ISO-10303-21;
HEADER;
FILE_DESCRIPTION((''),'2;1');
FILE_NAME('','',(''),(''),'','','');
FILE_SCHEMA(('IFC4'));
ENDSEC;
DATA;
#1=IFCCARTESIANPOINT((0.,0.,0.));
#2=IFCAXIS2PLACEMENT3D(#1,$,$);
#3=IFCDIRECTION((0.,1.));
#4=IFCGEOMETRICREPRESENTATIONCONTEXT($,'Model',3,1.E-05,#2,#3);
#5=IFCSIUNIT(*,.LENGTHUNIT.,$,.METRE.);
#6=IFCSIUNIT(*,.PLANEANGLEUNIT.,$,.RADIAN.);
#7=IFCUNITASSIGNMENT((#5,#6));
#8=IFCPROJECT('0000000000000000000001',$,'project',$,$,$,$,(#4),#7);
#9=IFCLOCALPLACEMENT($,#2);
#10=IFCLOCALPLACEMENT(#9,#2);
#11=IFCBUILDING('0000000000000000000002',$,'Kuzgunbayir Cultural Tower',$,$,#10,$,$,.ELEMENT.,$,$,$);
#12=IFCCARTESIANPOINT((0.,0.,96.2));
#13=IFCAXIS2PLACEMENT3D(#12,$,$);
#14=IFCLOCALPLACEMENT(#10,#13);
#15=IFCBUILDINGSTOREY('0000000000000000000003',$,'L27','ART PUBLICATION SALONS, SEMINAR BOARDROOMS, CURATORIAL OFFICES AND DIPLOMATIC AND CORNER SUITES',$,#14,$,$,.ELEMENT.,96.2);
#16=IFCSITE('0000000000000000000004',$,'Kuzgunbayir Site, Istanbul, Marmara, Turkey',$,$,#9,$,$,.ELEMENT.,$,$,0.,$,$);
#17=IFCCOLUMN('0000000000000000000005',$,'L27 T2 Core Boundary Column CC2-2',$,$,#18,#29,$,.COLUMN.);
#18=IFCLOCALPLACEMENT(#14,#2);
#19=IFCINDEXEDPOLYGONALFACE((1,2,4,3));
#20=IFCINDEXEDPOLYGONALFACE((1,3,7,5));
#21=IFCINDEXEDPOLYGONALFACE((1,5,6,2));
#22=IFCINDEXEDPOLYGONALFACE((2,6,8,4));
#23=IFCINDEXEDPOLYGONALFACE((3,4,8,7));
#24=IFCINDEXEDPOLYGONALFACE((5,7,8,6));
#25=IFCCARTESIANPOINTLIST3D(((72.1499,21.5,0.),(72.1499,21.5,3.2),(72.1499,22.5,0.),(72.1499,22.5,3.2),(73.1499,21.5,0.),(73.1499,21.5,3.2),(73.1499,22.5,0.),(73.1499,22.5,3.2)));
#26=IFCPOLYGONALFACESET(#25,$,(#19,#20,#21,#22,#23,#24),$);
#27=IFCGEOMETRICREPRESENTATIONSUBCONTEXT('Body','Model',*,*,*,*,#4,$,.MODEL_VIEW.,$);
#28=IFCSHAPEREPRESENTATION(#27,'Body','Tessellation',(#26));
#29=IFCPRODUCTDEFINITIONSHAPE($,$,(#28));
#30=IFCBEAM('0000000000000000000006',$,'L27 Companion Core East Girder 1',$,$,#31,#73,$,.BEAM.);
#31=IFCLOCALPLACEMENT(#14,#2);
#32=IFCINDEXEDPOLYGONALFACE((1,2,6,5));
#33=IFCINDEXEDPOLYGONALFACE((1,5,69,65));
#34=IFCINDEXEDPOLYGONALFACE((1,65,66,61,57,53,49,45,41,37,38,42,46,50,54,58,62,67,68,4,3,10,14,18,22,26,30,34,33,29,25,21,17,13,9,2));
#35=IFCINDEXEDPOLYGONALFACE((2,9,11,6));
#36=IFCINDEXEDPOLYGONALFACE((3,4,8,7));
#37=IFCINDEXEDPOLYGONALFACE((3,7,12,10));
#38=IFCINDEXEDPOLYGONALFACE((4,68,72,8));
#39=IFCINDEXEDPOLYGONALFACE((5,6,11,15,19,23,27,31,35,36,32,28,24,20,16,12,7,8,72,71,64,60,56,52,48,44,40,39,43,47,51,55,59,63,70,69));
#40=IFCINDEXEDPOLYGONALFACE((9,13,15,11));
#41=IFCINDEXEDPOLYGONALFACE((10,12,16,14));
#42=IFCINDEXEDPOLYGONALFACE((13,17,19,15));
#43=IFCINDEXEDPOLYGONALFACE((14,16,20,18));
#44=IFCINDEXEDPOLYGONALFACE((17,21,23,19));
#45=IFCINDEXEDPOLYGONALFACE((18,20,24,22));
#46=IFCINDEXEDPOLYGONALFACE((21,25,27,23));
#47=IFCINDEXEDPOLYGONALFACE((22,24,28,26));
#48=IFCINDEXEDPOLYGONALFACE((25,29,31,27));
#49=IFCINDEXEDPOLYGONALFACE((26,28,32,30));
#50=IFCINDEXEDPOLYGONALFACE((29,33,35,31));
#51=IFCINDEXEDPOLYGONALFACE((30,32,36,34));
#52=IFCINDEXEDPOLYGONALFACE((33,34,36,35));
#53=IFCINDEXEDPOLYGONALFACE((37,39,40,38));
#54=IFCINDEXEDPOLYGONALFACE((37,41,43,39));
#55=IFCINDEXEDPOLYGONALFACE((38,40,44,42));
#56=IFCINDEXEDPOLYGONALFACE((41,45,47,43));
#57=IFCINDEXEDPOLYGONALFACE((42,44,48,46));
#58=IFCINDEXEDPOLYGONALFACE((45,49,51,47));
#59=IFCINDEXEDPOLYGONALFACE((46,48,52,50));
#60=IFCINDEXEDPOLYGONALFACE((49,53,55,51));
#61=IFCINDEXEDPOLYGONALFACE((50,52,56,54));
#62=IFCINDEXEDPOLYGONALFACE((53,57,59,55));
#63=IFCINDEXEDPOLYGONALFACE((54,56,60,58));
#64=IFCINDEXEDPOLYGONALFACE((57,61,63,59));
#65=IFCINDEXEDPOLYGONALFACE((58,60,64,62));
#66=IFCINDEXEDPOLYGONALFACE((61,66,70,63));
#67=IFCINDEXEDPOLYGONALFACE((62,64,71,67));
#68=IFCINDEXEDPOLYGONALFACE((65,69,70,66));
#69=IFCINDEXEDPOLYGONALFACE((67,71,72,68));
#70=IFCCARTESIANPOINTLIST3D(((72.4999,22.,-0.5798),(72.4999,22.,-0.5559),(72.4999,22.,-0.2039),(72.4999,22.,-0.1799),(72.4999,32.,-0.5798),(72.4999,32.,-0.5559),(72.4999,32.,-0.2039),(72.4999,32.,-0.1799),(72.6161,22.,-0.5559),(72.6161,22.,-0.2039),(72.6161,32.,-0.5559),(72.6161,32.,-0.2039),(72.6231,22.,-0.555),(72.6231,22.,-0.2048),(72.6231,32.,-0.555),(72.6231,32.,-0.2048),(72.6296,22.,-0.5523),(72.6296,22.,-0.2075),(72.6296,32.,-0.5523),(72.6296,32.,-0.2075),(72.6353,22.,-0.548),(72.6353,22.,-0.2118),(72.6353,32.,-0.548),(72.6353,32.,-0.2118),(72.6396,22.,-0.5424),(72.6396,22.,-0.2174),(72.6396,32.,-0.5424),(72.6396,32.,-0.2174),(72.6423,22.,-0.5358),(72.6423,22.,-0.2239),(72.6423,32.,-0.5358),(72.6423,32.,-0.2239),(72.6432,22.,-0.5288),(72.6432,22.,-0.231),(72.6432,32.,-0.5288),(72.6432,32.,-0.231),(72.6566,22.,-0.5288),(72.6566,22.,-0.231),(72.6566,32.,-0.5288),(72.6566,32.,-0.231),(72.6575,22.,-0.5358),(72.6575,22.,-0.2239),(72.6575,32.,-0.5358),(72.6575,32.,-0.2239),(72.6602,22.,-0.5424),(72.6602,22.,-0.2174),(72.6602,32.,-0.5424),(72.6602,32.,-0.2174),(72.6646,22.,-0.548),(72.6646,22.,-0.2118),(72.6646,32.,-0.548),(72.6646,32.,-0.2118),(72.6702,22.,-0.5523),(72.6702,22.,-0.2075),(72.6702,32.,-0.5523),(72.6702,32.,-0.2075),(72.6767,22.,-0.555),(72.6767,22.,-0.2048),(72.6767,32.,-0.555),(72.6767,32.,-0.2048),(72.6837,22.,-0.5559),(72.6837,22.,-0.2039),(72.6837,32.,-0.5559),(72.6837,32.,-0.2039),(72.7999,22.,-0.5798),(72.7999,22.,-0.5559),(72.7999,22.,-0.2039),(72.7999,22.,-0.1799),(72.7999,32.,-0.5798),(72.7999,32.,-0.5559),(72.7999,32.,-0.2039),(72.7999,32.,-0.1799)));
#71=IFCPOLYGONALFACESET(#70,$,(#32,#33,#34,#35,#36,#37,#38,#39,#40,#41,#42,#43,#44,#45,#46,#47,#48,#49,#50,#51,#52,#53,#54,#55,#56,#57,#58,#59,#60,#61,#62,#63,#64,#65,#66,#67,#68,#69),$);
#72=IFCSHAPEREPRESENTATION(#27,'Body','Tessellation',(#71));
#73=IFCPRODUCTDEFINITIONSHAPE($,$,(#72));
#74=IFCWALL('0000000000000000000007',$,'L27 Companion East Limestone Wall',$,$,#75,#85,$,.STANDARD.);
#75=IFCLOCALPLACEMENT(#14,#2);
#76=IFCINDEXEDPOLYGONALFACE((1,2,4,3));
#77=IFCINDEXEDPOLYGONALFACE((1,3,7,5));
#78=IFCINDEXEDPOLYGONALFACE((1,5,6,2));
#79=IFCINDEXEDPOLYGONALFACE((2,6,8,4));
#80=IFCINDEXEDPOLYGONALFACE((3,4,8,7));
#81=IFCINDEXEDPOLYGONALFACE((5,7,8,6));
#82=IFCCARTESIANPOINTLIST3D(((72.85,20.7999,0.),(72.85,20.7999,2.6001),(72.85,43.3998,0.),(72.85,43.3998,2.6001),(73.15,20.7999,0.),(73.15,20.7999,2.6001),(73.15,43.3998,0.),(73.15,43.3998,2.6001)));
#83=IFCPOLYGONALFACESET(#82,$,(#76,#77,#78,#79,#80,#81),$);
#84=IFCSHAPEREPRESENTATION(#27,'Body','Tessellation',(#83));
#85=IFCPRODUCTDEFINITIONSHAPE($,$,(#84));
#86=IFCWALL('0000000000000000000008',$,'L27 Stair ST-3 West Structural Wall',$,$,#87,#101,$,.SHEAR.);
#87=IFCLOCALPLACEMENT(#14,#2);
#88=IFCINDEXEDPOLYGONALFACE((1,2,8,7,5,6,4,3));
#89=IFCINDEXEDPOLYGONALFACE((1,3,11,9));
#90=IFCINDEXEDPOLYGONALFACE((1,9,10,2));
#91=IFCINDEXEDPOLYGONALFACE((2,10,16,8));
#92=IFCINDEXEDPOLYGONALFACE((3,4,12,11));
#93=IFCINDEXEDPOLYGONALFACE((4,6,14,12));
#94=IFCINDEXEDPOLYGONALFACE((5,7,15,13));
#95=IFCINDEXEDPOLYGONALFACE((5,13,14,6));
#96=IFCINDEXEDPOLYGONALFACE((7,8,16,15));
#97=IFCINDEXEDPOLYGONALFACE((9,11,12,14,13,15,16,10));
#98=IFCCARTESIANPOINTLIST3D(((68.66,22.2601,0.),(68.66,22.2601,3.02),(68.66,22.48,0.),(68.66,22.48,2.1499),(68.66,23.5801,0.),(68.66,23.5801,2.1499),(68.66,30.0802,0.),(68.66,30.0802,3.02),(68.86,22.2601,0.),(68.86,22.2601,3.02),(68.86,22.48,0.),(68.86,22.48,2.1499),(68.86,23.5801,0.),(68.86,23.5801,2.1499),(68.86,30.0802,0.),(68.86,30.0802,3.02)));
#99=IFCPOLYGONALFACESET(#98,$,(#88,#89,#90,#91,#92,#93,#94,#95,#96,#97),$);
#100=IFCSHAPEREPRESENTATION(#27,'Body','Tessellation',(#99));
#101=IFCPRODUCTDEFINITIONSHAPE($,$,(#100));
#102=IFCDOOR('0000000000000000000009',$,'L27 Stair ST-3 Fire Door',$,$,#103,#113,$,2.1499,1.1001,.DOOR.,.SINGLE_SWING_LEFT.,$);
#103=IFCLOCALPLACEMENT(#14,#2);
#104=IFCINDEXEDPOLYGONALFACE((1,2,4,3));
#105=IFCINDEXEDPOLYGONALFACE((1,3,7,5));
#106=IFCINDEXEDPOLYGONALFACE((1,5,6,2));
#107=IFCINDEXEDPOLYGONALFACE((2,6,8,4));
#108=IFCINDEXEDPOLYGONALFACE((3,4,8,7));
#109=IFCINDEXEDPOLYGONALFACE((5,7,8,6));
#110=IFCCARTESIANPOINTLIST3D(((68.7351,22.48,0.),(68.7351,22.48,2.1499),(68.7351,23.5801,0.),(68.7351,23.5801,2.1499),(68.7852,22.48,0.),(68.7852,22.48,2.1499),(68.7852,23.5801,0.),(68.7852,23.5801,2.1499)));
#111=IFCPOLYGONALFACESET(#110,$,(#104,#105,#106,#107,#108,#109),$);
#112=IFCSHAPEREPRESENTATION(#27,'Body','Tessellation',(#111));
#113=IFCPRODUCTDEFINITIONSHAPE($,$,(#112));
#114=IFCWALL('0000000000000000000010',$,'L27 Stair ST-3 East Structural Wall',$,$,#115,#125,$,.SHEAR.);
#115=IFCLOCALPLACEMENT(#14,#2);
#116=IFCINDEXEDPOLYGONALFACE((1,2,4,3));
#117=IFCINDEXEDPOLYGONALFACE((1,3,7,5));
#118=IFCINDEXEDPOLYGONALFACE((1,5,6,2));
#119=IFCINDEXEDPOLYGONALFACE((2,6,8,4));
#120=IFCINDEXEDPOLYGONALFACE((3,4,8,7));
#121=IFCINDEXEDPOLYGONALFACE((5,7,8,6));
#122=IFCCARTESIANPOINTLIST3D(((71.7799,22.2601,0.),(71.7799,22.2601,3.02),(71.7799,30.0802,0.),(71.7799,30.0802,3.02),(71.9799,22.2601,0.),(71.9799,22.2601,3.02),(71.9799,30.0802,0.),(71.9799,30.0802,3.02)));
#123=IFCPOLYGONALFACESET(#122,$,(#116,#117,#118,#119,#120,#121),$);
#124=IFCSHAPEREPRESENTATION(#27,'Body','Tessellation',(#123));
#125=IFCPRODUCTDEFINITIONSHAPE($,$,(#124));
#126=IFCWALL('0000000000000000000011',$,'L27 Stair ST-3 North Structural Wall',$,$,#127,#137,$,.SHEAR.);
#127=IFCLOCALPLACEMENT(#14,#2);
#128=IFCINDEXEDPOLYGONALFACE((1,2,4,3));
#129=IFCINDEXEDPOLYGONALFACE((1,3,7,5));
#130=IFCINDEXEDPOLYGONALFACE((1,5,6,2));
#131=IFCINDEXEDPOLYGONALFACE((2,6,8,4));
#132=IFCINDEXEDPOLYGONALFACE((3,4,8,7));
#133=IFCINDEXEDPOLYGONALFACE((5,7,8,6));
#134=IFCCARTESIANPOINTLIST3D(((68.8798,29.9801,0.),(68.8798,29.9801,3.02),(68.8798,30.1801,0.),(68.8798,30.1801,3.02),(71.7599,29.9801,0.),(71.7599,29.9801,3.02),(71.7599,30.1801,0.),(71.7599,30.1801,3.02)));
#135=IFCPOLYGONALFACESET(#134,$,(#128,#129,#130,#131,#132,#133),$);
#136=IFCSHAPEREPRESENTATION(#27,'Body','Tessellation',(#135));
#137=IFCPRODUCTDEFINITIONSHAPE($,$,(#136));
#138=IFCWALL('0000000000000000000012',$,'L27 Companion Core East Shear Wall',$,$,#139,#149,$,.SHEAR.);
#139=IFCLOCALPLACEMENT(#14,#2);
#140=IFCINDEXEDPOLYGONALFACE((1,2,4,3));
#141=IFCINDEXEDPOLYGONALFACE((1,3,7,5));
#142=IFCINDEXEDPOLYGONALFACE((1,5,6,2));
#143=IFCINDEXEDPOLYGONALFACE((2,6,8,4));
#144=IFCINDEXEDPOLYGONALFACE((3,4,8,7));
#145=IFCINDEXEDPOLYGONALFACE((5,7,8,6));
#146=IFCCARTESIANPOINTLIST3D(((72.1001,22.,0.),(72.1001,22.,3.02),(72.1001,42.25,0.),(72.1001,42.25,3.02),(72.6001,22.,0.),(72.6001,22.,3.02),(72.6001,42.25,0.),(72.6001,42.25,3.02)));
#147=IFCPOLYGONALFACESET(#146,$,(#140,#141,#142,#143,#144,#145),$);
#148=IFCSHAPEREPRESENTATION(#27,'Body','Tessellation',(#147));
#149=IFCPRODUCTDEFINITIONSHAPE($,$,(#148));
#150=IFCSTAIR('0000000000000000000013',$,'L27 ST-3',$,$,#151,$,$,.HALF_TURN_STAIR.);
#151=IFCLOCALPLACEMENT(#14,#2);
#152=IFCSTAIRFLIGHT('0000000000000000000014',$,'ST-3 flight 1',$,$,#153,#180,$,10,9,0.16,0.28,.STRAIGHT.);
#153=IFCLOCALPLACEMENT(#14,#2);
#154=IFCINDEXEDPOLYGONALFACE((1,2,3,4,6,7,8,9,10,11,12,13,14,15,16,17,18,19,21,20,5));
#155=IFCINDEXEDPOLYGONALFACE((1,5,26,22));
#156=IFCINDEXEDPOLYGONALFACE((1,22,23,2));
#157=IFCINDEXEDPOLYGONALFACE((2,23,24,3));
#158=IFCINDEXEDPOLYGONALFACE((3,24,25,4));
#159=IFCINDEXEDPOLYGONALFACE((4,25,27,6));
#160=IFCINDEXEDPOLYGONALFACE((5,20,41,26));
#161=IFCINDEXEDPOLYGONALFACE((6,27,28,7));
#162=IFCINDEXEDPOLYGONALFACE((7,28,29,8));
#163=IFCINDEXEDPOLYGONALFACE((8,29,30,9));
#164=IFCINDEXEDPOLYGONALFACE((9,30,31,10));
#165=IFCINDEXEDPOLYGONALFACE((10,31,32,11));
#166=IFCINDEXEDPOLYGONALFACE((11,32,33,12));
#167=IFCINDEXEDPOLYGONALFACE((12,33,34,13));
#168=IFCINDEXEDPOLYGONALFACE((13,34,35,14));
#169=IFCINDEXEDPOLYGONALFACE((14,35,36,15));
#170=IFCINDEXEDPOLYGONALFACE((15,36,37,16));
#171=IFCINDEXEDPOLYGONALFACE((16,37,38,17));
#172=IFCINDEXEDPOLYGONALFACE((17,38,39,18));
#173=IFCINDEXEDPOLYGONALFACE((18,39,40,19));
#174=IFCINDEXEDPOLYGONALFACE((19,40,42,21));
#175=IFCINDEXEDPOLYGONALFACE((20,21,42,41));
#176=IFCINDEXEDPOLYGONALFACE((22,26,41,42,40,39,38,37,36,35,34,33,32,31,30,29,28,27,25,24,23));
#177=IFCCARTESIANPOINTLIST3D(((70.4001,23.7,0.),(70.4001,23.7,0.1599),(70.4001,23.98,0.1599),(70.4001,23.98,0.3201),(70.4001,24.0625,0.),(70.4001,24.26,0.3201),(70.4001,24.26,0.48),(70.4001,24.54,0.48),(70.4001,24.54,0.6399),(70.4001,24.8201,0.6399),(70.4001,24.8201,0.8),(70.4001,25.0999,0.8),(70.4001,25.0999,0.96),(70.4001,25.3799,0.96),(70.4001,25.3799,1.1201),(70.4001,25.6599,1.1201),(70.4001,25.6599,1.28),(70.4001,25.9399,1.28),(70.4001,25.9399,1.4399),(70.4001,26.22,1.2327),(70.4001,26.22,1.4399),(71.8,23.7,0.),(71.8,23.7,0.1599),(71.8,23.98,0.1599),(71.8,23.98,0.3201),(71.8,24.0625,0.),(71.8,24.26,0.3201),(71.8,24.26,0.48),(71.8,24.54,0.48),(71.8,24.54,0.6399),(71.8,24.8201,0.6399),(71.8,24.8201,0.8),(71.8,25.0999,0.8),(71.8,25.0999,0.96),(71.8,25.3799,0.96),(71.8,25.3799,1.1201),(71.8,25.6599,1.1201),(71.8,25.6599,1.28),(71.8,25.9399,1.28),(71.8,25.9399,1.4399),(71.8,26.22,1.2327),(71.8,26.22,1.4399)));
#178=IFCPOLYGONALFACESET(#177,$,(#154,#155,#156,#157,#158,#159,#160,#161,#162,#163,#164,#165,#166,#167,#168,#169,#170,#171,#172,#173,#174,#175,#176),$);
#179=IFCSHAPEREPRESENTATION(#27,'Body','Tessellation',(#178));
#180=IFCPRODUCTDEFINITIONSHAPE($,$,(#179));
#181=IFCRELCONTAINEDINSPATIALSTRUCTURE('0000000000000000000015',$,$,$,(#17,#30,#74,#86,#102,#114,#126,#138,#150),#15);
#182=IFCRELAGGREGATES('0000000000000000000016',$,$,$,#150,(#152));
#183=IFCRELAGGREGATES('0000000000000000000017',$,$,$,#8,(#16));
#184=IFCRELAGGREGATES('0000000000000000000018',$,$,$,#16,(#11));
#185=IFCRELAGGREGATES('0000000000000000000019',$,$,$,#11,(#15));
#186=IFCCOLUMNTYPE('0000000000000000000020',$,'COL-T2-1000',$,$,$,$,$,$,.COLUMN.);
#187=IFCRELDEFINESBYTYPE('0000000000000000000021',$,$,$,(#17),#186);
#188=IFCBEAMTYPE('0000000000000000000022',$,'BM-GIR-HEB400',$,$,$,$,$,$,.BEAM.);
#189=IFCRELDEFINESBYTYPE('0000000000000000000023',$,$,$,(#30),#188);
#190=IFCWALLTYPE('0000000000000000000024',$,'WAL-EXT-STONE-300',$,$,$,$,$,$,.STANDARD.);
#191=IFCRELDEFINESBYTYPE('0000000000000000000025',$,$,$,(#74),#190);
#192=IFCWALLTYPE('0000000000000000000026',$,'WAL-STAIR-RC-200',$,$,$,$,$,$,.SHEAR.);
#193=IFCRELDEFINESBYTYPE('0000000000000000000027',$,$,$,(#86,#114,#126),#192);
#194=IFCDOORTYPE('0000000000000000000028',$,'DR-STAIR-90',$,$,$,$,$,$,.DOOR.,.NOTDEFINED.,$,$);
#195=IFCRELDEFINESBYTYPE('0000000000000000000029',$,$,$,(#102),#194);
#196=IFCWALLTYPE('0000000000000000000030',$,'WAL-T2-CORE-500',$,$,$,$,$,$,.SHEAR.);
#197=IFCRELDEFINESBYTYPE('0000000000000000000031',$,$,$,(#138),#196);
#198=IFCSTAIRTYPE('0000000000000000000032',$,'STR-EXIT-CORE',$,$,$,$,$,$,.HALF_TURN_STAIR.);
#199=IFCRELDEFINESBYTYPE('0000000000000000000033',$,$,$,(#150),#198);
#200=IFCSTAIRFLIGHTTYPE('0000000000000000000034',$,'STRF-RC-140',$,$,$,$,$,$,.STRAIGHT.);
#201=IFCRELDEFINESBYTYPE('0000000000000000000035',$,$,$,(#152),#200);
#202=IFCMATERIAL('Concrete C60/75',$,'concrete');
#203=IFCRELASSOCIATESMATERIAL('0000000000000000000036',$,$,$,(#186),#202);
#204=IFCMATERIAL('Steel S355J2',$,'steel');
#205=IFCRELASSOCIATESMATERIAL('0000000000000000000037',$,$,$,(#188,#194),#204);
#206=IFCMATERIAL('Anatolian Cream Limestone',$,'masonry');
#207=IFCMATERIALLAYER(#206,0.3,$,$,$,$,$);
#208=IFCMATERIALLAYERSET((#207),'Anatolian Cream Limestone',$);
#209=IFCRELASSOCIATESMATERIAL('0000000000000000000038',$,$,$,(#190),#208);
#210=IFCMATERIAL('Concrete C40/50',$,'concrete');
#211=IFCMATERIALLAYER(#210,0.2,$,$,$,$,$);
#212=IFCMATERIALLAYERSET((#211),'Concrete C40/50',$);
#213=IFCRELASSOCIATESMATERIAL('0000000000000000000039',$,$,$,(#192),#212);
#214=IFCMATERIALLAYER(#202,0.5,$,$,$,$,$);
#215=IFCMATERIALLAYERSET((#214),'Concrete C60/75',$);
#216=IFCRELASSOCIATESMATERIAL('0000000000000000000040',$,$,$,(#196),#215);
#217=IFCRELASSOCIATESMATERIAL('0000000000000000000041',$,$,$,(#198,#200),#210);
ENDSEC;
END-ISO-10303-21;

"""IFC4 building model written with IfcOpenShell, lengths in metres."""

from ifc_helpers import new_model, si_unit, direction, frame, frame_2d, origin, origin_2d, place, context, subcontext, project, spatial, polyline, rectangle, i_section, outline, extrude, material, layer, layer_set, material_profile, profile_set, type_object, element, fill, aggregate, save


model = new_model("IFC4")

# Units and contexts
model_context = context("Model", 3, precision=1e-05, world=origin(), true_north=direction((0.0, 1.0)))
body_context = subcontext(model_context, "Body", "Model", "MODEL_VIEW")
ifc_project = project(units=[si_unit("LENGTHUNIT", "METRE"), si_unit("PLANEANGLEUNIT", "RADIAN")], contexts=[model_context])

# Site, building, storey
site_placement = place(None, origin())
site = spatial("IfcSite", under=ifc_project, at=site_placement, Name="Kuzgunbayir Site, Istanbul, Marmara, Turkey", CompositionType="ELEMENT", RefElevation=0.0)
building_placement = place(site_placement, origin())
building = spatial("IfcBuilding", under=site, at=building_placement, Name="Kuzgunbayir Cultural Tower", CompositionType="ELEMENT")
storey_placement = place(building_placement, frame((0.0, 0.0, 96.2)))
storey = spatial("IfcBuildingStorey", under=building, at=storey_placement, Name="L27", Description="ART PUBLICATION SALONS, SEMINAR BOARDROOMS, CURATORIAL OFFICES AND DIPLOMATIC AND CORNER SUITES", CompositionType="ELEMENT", Elevation=96.2)

# Column
ifc_material_1 = material(Name="Concrete C60/75", Category="concrete")
ifc_material_profile_1 = material_profile(ifc_material_1, rectangle(XDim=1.0, YDim=1.0, at=origin_2d()), Name="RC 1000x1000")
ifc_profile_set_1 = profile_set([ifc_material_profile_1], Name="Concrete C60/75")
column_type = type_object("IfcColumnType", Name="COL-T2-1000", PredefinedType="COLUMN", material=ifc_profile_set_1)
column_placement = place(storey_placement, frame((72.6499, 22.0, 0.0), z_axis=(0.0, 0.0, 1.0), x_axis=(1.0, 0.0, 0.0)))
element("IfcColumn", 1, at=column_placement, inside=storey, type_object=column_type, Name="L27 T2 Core Boundary Column CC2-2", PredefinedType="COLUMN", context=body_context, shape_type="SweptSolid", body=[
    extrude(rectangle(XDim=1.0, YDim=1.0, at=origin_2d()), origin(), (0.0, 0.0, 1.0), 3.2),
])

# Beam
ifc_material_2 = material(Name="Steel S355J2", Category="steel")
ifc_material_profile_2 = material_profile(ifc_material_2, i_section(OverallWidth=0.3, OverallDepth=0.3999, WebThickness=0.0134, FlangeThickness=0.0239, FilletRadius=0.0271, at=origin_2d()), Name="HEB 400")
ifc_profile_set_2 = profile_set([ifc_material_profile_2], Name="Steel S355J2")
beam_type = type_object("IfcBeamType", Name="BM-GIR-HEB400", PredefinedType="BEAM", material=ifc_profile_set_2)
beam_placement = place(storey_placement, frame((72.6499, 22.0, -0.3799), z_axis=(0.0, 1.0, 0.0), x_axis=(-1.0, 0.0, 0.0)))
element("IfcBeam", 2, at=beam_placement, inside=storey, type_object=beam_type, Name="L27 Companion Core East Girder 1", PredefinedType="BEAM", context=body_context, shape_type="SweptSolid", body=[
    extrude(i_section(OverallWidth=0.3, OverallDepth=0.3999, WebThickness=0.0134, FlangeThickness=0.0239, FilletRadius=0.0271, at=origin_2d()), origin(), (0.0, 0.0, 1.0), 10.0),
])

# Wall
ifc_material_3 = material(Name="Anatolian Cream Limestone", Category="masonry")
ifc_layer_1 = layer(ifc_material_3, 0.3)
ifc_layer_set_1 = layer_set([ifc_layer_1], Name="Anatolian Cream Limestone")
wall_type_1 = type_object("IfcWallType", Name="WAL-EXT-STONE-300", PredefinedType="STANDARD", material=ifc_layer_set_1)
wall_1_placement = place(storey_placement, frame((73.0, 20.8, 0.0), z_axis=(0.0, 0.0, 1.0), x_axis=(0.0, 1.0, 0.0)))
element("IfcWall", 3, at=wall_1_placement, inside=storey, type_object=wall_type_1, Name="L27 Companion East Limestone Wall", PredefinedType="STANDARD", context=body_context, shape_type="SweptSolid", body=[
    extrude(rectangle(XDim=22.5999, YDim=0.3, at=frame_2d((11.2998, 0.0))), origin(), (0.0, 0.0, 1.0), 2.6001),
])

# Wall, opening, door
ifc_material_4 = material(Name="Concrete C40/50", Category="concrete")
ifc_layer_2 = layer(ifc_material_4, 0.2)
ifc_layer_set_2 = layer_set([ifc_layer_2], Name="Concrete C40/50")
wall_type_2 = type_object("IfcWallType", Name="WAL-STAIR-RC-200", PredefinedType="SHEAR", material=ifc_layer_set_2)
wall_2_placement = place(storey_placement, frame((68.76, 22.26, 0.0), z_axis=(0.0, 0.0, 1.0), x_axis=(0.0, 1.0, 0.0)))
wall_2 = element("IfcWall", 4, at=wall_2_placement, inside=storey, type_object=wall_type_2, Name="L27 Stair ST-3 West Structural Wall", PredefinedType="SHEAR", context=body_context, shape_type="SweptSolid", body=[
    extrude(rectangle(XDim=7.8201, YDim=0.2, at=frame_2d((3.9102, 0.0))), origin(), (0.0, 0.0, 1.0), 3.02),
])
opening_1_placement = place(wall_2_placement, frame((0.22, 0.0, 0.0)))
opening_1 = element("IfcOpeningElement", 5, at=opening_1_placement, cuts=wall_2, PredefinedType="OPENING", context=body_context, shape_type="SweptSolid", body=[
    extrude(rectangle(XDim=1.1001, YDim=2.1499, at=frame_2d((0.55, 1.075))), frame((0.0, 0.1099, 0.0), z_axis=(0.0, -1.0, 0.0), x_axis=(1.0, 0.0, 0.0)), (0.0, 0.0, 1.0), 0.22),
])
door_type_1 = type_object("IfcDoorType", Name="DR-STAIR-90", OperationType="NOTDEFINED", PredefinedType="DOOR", material=ifc_material_2)
door_1_placement = place(opening_1_placement, origin())
door_1 = element("IfcDoor", 6, at=door_1_placement, inside=storey, type_object=door_type_1, Name="L27 Stair ST-3 Fire Door", OperationType="SINGLE_SWING_LEFT", OverallHeight=2.1499, OverallWidth=1.1001, PredefinedType="DOOR", context=body_context, shape_type="SweptSolid", body=[
    extrude(rectangle(XDim=1.1001, YDim=2.1499, at=frame_2d((0.55, 1.075))), frame((0.0, 0.0249, 0.0), z_axis=(0.0, -1.0, 0.0), x_axis=(1.0, 0.0, 0.0)), (0.0, 0.0, 1.0), 0.05),
])
fill(opening_1, door_1)

# Walls
wall_3_placement = place(storey_placement, frame((71.8799, 22.26, 0.0), z_axis=(0.0, 0.0, 1.0), x_axis=(0.0, 1.0, 0.0)))
element("IfcWall", 7, at=wall_3_placement, inside=storey, type_object=wall_type_2, Name="L27 Stair ST-3 East Structural Wall", PredefinedType="SHEAR", context=body_context, shape_type="SweptSolid", body=[
    extrude(rectangle(XDim=7.8201, YDim=0.2, at=frame_2d((3.9102, 0.0))), origin(), (0.0, 0.0, 1.0), 3.02),
])
wall_4_placement = place(storey_placement, frame((68.8799, 30.0801, 0.0), z_axis=(0.0, 0.0, 1.0), x_axis=(1.0, 0.0, 0.0)))
element("IfcWall", 8, at=wall_4_placement, inside=storey, type_object=wall_type_2, Name="L27 Stair ST-3 North Structural Wall", PredefinedType="SHEAR", context=body_context, shape_type="SweptSolid", body=[
    extrude(rectangle(XDim=2.8801, YDim=0.2, at=frame_2d((1.4399, 0.0))), origin(), (0.0, 0.0, 1.0), 3.02),
])
ifc_layer_3 = layer(ifc_material_1, 0.5)
ifc_layer_set_3 = layer_set([ifc_layer_3], Name="Concrete C60/75")
wall_type_3 = type_object("IfcWallType", Name="WAL-T2-CORE-500", PredefinedType="SHEAR", material=ifc_layer_set_3)
wall_5_placement = place(storey_placement, frame((72.3501, 22.0, 0.0), z_axis=(0.0, 0.0, 1.0), x_axis=(0.0, 1.0, 0.0)))
element("IfcWall", 9, at=wall_5_placement, inside=storey, type_object=wall_type_3, Name="L27 Companion Core East Shear Wall", PredefinedType="SHEAR", context=body_context, shape_type="SweptSolid", body=[
    extrude(rectangle(XDim=20.25, YDim=0.5, at=frame_2d((10.125, 0.0))), origin(), (0.0, 0.0, 1.0), 3.02),
])

# Stair, stair flight
stair_type = type_object("IfcStairType", Name="STR-EXIT-CORE", PredefinedType="HALF_TURN_STAIR", material=ifc_material_4)
stair_placement = place(storey_placement, origin())
stair = element("IfcStair", 10, at=stair_placement, inside=storey, type_object=stair_type, Name="L27 ST-3", PredefinedType="HALF_TURN_STAIR")
stair_flight_type = type_object("IfcStairFlightType", Name="STRF-RC-140", PredefinedType="STRAIGHT", material=ifc_material_4)
stair_flight_1_placement = place(storey_placement, frame((71.1001, 23.7, 0.0), z_axis=(0.0, 0.0, 1.0), x_axis=(0.0, 1.0, 0.0)))
stair_flight_1 = element("IfcStairFlight", 11, at=stair_flight_1_placement, type_object=stair_flight_type, Name="ST-3 flight 1", NumberOfRisers=10, NumberOfTreads=9, PredefinedType="STRAIGHT", RiserHeight=0.16, TreadLength=0.28, context=body_context, shape_type="SweptSolid", body=[
    extrude(outline(polyline([(0.0, 0.0), (0.0, 0.1599), (0.28, 0.1599), (0.28, 0.3201), (0.5601, 0.3201), (0.5601, 0.48), (0.8401, 0.48), (0.8401, 0.6399), (1.1201, 0.6399), (1.1201, 0.8), (1.3999, 0.8), (1.3999, 0.96), (1.6799, 0.96), (1.6799, 1.1201), (1.96, 1.1201), (1.96, 1.28), (2.24, 1.28), (2.24, 1.4399), (2.52, 1.4399), (2.52, 1.6001), (2.52, 1.2327), (0.3625, 0.0), (0.0, 0.0)])), frame((0.0, 0.7, 0.0), z_axis=(0.0, -1.0, 0.0), x_axis=(1.0, 0.0, 0.0)), (0.0, 0.0, 1.0), 1.3999),
])
aggregate(stair, [stair_flight_1])

save(model, "model.ifc")
